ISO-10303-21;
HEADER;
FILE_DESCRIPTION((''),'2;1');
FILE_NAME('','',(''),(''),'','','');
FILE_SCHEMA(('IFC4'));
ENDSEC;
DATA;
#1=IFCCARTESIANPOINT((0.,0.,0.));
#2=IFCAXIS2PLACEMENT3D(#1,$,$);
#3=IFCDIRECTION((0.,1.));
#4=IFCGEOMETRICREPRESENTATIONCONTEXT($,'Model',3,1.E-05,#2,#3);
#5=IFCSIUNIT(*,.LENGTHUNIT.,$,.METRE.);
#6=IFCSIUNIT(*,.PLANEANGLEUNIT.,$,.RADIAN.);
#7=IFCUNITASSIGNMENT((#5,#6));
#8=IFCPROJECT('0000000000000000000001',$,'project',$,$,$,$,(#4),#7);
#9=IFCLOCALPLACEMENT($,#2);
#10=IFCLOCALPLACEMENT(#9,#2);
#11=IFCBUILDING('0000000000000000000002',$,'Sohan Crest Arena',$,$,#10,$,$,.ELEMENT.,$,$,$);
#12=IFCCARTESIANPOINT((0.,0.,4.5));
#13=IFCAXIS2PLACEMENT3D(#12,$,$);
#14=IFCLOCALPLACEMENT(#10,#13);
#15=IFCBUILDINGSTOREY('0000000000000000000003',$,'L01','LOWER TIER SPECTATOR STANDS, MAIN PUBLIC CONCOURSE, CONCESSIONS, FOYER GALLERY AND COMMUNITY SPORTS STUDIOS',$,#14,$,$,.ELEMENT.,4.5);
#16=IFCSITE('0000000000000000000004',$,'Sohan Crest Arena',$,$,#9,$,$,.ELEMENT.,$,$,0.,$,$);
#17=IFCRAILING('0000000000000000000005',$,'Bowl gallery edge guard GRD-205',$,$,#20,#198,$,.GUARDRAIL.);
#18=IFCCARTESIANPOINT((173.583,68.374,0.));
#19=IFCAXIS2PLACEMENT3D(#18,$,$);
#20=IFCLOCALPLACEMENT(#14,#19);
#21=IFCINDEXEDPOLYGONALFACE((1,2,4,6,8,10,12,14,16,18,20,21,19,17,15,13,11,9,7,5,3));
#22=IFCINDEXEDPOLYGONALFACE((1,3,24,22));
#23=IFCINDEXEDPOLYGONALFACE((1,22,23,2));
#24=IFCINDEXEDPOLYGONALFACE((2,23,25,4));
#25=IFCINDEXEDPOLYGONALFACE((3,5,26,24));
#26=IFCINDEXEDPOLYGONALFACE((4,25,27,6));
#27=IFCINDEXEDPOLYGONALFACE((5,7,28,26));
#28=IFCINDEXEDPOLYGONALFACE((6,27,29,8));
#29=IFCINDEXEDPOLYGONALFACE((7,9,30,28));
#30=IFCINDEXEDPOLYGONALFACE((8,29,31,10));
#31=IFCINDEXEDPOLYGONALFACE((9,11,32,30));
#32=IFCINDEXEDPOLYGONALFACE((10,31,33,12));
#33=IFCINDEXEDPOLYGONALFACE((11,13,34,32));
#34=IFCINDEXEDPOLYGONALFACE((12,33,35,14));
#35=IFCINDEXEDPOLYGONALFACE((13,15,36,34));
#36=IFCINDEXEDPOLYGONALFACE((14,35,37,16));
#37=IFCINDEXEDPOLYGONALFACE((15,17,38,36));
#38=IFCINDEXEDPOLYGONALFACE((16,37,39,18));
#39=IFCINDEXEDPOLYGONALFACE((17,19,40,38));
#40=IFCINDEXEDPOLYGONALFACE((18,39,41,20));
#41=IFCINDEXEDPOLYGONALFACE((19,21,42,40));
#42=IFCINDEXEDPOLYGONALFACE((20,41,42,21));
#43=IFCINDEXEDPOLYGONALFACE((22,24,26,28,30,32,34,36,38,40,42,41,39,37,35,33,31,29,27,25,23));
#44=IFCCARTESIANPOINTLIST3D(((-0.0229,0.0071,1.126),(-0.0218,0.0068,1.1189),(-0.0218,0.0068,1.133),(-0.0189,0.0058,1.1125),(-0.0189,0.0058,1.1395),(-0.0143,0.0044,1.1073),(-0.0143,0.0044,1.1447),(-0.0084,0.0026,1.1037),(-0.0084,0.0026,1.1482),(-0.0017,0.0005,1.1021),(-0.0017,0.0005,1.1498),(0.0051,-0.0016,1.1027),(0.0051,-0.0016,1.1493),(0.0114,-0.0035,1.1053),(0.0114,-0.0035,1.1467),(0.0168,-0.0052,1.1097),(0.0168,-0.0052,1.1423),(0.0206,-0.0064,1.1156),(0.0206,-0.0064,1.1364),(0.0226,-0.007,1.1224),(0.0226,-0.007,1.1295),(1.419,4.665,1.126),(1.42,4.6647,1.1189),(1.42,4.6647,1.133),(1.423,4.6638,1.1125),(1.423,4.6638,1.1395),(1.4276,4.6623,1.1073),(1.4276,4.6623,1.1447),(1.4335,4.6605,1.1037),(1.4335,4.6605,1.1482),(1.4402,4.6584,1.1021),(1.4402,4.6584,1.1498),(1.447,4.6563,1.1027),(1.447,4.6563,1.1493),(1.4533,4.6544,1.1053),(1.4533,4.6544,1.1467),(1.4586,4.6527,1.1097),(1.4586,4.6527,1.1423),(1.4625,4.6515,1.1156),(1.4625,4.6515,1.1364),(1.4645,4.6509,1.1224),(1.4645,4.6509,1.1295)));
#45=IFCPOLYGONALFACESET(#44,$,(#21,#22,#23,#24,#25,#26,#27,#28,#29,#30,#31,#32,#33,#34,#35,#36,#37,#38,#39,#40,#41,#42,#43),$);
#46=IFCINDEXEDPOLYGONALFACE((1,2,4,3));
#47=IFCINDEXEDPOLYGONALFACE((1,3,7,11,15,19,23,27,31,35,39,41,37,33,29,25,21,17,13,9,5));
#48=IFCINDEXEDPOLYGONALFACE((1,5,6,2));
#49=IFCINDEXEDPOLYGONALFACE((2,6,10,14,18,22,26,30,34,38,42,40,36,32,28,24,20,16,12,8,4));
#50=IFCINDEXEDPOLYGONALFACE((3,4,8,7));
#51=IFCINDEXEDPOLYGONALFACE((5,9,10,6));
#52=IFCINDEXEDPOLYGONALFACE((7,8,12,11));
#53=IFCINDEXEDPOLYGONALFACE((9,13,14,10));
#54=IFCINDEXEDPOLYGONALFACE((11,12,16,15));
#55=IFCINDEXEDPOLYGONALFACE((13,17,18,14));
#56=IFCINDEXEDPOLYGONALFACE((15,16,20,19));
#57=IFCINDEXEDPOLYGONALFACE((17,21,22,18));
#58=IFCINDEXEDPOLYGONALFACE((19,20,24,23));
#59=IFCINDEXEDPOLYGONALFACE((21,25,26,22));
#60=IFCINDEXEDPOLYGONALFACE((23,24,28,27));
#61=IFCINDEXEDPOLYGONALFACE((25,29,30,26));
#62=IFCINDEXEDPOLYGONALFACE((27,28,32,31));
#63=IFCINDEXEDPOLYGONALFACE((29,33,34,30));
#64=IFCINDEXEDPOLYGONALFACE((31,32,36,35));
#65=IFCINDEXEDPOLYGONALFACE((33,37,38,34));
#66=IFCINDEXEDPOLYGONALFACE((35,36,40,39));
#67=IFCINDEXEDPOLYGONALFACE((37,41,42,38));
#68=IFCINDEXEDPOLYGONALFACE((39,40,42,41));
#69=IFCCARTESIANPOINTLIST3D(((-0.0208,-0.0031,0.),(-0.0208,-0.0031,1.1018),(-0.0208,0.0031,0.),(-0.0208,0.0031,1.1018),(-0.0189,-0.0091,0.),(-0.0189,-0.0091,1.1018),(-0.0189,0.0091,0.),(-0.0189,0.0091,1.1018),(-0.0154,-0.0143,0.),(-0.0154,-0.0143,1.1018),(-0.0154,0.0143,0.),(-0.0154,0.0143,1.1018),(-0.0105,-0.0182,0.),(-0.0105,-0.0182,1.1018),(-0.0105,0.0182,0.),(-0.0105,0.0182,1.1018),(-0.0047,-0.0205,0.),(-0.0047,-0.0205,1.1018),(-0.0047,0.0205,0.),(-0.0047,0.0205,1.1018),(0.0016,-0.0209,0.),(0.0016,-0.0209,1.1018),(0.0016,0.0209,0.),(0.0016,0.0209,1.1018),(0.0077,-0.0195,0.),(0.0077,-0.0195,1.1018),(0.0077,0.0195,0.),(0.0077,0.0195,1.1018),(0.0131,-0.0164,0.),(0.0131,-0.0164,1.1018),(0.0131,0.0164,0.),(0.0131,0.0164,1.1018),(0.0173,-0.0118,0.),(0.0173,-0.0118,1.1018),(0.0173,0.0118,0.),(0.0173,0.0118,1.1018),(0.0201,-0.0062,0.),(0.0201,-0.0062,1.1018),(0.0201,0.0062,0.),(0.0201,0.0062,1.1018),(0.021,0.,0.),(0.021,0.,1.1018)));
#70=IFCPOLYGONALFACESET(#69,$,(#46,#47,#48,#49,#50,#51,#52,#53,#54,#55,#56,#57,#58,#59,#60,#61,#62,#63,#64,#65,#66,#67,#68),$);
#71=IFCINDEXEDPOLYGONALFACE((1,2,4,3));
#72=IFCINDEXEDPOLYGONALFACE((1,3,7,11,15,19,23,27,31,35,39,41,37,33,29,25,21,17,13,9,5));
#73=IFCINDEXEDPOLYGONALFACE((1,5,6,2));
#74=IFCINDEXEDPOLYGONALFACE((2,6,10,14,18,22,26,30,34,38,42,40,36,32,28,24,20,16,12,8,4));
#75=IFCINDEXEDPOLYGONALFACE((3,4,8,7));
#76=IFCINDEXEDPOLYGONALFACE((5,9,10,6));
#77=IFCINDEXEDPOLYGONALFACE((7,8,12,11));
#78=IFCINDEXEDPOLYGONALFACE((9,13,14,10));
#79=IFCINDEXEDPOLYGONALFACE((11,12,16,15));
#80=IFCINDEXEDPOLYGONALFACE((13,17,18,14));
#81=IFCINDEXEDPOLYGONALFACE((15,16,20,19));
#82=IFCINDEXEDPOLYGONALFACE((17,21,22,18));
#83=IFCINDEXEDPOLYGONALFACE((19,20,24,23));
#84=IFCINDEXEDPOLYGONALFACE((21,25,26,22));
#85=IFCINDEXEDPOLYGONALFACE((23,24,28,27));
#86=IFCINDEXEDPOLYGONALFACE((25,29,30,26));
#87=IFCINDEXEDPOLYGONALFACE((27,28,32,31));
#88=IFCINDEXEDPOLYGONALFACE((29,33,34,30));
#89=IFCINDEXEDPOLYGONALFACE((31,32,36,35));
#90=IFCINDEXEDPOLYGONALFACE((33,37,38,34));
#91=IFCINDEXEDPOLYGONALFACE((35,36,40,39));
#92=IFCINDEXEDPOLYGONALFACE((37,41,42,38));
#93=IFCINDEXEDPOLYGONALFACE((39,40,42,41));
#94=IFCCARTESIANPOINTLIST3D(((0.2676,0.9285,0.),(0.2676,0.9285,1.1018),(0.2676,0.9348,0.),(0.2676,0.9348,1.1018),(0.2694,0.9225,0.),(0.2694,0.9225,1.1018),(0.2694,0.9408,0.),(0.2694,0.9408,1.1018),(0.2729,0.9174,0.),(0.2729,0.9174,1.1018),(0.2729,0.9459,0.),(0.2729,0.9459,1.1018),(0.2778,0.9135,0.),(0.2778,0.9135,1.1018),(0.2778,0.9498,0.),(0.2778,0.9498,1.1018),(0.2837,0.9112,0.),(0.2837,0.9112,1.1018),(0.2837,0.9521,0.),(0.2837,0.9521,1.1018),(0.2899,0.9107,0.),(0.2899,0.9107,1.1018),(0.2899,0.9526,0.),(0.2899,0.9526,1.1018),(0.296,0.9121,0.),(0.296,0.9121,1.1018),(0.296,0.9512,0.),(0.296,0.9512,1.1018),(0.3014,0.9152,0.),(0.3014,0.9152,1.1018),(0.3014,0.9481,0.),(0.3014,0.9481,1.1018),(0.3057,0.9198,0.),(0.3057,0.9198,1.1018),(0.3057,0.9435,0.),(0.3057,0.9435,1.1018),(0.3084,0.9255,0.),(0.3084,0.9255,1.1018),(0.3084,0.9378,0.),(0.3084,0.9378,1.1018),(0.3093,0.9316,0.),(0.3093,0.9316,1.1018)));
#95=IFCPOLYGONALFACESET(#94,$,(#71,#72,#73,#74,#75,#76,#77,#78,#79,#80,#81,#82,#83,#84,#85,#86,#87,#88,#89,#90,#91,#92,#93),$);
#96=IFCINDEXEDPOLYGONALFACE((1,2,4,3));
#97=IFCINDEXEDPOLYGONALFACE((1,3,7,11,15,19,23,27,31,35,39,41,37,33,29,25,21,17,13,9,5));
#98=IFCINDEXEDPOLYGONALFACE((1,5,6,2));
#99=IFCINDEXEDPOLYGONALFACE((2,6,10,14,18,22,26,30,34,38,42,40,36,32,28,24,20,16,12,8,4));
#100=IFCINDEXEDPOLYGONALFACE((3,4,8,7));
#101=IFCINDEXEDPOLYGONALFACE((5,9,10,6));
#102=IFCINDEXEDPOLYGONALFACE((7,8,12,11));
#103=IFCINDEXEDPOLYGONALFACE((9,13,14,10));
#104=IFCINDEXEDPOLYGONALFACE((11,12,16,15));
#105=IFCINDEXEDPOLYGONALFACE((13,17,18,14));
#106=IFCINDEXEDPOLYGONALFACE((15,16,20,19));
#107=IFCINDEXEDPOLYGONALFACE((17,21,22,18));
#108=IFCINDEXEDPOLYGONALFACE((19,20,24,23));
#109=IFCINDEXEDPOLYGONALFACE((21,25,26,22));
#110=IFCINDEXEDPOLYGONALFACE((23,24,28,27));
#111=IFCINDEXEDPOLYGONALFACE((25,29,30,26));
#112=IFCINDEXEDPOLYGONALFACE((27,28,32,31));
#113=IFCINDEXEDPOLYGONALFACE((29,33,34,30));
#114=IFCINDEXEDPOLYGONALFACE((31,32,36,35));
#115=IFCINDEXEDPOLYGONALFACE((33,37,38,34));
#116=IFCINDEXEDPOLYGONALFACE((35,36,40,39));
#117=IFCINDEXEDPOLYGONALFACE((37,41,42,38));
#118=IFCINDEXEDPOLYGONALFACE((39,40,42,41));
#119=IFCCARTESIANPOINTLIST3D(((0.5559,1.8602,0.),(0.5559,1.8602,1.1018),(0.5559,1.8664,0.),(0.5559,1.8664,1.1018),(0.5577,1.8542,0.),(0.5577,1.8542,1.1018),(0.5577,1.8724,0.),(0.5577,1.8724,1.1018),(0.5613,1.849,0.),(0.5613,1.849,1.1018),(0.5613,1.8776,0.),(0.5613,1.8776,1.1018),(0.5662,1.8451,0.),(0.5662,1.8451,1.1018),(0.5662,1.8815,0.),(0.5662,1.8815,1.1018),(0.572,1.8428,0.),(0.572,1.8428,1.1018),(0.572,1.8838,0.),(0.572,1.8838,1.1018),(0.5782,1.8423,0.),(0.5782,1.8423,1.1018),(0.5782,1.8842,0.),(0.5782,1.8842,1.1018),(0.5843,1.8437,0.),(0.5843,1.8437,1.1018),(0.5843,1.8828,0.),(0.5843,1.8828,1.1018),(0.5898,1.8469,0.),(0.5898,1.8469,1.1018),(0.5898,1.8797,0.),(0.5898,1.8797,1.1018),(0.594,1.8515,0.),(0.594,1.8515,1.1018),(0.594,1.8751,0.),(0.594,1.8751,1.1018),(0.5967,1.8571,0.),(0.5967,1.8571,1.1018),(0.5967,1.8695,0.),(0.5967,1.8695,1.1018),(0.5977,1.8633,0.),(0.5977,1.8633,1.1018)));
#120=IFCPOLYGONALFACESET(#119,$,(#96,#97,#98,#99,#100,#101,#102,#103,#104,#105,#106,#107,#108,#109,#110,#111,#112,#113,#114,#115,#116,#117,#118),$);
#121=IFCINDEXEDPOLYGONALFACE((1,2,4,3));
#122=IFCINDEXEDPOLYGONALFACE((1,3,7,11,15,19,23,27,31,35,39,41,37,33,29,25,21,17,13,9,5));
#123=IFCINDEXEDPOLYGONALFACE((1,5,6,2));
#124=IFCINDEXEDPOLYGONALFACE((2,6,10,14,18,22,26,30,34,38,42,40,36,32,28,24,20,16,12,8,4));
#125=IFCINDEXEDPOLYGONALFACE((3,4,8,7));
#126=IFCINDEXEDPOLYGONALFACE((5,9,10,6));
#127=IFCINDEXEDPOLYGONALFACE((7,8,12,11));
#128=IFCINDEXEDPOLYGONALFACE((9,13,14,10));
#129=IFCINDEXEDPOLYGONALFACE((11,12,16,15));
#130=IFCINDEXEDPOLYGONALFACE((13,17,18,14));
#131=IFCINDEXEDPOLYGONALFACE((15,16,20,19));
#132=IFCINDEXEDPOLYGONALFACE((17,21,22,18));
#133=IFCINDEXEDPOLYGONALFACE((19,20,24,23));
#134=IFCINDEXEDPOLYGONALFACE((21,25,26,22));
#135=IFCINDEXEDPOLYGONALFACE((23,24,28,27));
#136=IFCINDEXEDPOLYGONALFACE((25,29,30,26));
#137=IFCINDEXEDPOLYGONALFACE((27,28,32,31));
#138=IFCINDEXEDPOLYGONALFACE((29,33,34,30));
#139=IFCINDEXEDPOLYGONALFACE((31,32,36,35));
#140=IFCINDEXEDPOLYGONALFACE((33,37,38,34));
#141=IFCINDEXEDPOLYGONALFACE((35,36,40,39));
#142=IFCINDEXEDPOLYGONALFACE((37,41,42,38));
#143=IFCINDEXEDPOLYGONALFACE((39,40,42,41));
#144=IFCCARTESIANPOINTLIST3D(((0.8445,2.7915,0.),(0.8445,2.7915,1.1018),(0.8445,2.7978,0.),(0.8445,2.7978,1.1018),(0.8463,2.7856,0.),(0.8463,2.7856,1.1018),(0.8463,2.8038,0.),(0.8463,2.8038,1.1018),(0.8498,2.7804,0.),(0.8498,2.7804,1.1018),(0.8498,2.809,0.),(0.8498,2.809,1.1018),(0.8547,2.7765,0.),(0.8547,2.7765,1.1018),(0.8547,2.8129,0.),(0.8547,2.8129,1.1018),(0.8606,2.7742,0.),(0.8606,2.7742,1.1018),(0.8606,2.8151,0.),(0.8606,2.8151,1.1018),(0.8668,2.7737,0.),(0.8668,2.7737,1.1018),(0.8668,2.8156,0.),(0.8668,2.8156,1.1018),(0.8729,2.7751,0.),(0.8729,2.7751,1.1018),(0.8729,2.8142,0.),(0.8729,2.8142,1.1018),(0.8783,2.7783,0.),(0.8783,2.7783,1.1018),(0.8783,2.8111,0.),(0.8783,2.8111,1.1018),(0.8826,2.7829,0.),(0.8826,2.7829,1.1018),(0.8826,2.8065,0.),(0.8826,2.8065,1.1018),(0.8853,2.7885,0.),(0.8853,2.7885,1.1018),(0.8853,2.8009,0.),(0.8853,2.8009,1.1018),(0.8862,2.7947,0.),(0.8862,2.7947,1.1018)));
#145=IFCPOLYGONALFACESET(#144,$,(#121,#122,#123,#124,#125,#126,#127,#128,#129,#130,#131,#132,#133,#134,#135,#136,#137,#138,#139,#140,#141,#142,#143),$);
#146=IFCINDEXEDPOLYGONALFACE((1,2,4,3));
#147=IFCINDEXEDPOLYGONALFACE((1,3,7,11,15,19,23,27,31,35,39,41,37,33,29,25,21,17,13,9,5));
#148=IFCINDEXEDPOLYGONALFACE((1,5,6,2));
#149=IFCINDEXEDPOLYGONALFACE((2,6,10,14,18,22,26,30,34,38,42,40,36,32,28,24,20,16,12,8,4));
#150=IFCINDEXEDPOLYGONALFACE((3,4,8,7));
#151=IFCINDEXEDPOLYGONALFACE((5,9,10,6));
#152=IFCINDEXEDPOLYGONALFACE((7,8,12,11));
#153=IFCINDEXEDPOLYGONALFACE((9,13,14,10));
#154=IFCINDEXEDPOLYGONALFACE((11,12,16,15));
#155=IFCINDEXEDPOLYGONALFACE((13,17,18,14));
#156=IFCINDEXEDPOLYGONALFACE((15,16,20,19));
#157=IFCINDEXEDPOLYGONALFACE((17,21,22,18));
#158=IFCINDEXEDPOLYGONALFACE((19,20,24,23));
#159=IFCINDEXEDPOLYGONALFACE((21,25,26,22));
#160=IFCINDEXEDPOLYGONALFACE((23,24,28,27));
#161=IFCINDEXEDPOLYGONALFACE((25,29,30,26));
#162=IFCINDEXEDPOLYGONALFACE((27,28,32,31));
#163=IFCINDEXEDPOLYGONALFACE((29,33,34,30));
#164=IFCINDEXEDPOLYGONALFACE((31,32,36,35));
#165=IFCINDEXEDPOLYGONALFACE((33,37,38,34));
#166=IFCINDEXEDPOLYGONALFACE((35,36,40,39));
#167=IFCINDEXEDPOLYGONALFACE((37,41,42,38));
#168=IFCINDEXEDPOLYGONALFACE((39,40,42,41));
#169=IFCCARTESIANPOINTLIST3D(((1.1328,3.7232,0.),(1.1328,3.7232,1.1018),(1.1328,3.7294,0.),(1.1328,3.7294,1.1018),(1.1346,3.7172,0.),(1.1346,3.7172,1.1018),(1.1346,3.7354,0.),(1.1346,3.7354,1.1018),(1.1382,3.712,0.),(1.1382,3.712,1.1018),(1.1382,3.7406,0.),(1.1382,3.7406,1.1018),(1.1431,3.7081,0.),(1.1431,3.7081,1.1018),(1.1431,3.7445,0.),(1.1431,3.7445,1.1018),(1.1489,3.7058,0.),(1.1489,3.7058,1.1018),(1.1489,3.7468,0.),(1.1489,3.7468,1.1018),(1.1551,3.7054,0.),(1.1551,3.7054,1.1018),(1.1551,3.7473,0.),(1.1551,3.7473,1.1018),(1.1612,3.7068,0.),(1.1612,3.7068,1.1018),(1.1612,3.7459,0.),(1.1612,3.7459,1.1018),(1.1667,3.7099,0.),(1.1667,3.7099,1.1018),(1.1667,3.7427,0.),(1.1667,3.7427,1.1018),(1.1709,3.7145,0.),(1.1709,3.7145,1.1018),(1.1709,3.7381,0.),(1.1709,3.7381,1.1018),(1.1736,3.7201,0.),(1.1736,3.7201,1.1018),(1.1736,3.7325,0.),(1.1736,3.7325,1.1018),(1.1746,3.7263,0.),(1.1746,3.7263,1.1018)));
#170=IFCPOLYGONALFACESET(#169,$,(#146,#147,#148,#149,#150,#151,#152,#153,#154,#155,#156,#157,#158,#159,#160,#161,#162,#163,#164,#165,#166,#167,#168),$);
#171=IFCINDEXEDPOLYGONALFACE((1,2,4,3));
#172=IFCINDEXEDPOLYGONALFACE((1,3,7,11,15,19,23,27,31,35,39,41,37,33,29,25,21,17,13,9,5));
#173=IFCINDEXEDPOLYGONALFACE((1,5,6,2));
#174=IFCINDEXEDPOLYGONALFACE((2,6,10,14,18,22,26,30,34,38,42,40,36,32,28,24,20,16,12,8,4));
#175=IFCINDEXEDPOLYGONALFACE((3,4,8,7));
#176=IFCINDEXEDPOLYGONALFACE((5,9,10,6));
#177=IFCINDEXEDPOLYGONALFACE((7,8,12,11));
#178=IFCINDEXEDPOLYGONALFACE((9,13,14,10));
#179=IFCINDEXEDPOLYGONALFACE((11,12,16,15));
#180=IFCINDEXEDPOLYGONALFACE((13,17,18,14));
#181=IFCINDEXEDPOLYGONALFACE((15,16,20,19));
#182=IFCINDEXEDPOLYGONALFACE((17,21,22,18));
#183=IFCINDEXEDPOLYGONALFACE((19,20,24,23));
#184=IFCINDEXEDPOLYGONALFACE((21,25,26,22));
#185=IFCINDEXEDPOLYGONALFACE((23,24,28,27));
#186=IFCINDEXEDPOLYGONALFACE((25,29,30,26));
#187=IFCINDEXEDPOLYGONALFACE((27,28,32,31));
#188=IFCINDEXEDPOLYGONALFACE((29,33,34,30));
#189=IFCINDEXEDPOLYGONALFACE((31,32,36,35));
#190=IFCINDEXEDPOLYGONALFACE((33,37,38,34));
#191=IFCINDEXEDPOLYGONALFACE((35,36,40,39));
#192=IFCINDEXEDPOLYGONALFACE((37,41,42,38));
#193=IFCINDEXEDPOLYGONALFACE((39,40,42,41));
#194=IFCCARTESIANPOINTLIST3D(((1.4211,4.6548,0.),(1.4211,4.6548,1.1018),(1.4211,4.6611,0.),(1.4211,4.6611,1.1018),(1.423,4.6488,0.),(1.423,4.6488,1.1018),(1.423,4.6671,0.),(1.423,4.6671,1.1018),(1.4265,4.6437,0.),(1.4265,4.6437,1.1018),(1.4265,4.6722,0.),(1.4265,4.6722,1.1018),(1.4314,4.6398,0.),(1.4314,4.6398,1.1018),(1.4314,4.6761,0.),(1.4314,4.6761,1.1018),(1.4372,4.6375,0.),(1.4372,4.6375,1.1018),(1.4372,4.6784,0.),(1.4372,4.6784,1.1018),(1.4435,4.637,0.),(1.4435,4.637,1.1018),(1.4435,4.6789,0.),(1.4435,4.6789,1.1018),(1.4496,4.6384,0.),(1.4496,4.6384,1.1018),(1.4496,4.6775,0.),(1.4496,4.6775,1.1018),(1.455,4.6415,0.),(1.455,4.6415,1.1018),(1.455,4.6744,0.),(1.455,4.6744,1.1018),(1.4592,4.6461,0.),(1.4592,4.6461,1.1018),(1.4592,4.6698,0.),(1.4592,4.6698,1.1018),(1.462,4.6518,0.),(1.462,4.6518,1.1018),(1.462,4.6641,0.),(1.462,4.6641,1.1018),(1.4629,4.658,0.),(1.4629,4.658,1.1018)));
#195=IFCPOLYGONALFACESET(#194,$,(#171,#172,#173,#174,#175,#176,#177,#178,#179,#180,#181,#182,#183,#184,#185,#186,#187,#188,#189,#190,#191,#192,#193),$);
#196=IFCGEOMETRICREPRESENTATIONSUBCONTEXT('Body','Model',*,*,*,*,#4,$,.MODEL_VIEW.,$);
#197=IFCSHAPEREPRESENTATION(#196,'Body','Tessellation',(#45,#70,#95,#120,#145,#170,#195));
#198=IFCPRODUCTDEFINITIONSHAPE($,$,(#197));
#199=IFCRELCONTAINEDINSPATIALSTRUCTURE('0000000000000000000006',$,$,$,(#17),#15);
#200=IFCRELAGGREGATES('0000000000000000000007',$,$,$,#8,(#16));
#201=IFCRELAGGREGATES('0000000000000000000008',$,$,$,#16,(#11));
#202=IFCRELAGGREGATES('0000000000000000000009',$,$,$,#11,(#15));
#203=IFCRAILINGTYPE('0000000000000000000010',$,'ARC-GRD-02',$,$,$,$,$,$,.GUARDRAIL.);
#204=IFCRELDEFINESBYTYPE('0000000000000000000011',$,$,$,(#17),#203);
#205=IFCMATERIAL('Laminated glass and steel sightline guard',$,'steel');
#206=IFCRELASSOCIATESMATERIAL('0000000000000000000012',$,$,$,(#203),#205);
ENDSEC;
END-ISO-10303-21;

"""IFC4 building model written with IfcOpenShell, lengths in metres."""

from ifc_helpers import new_model, si_unit, direction, frame, origin, origin_2d, place, context, subcontext, project, spatial, circle, extrude, material, type_object, element, save


model = new_model("IFC4")

# Units and contexts
model_context = context("Model", 3, precision=1e-05, world=origin(), true_north=direction((0.0, 1.0)))
body_context = subcontext(model_context, "Body", "Model", "MODEL_VIEW")
ifc_project = project(units=[si_unit("LENGTHUNIT", "METRE"), si_unit("PLANEANGLEUNIT", "RADIAN")], contexts=[model_context])

# Site, building, storey
site_placement = place(None, origin())
site = spatial("IfcSite", under=ifc_project, at=site_placement, Name="Sohan Crest Arena", CompositionType="ELEMENT", RefElevation=0.0)
building_placement = place(site_placement, origin())
building = spatial("IfcBuilding", under=site, at=building_placement, Name="Sohan Crest Arena", CompositionType="ELEMENT")
storey_placement = place(building_placement, frame((0.0, 0.0, 4.5)))
storey = spatial("IfcBuildingStorey", under=building, at=storey_placement, Name="L01", Description="LOWER TIER SPECTATOR STANDS, MAIN PUBLIC CONCOURSE, CONCESSIONS, FOYER GALLERY AND COMMUNITY SPORTS STUDIOS", CompositionType="ELEMENT", Elevation=4.5)

# Railing
ifc_material_1 = material(Name="Laminated glass and steel sightline guard", Category="steel")
railing_type = type_object("IfcRailingType", Name="ARC-GRD-02", PredefinedType="GUARDRAIL", material=ifc_material_1)
railing_1_placement = place(storey_placement, frame((173.583, 68.374, 0.0)))
element("IfcRailing", 1, at=railing_1_placement, inside=storey, type_object=railing_type, Name="Bowl gallery edge guard GRD-205", PredefinedType="GUARDRAIL", context=body_context, shape_type="SweptSolid", body=[
    extrude(circle(Radius=0.0239, at=origin_2d()), frame((0.0, 0.0, 1.126), z_axis=(0.295711, 0.955277, 0.0), x_axis=(-0.955277, 0.295711, 0.0)), (0.0, 0.0, 1.0), 4.876),
    extrude(circle(Radius=0.021, at=origin_2d()), origin(), (0.0, 0.0, 1.0), 1.1018),
    extrude(circle(Radius=0.021, at=origin_2d()), frame((0.2883, 0.9316, 0.0)), (0.0, 0.0, 1.0), 1.1018),
    extrude(circle(Radius=0.021, at=origin_2d()), frame((0.5767, 1.8633, 0.0)), (0.0, 0.0, 1.0), 1.1018),
    extrude(circle(Radius=0.021, at=origin_2d()), frame((0.8652, 2.7947, 0.0)), (0.0, 0.0, 1.0), 1.1018),
    extrude(circle(Radius=0.021, at=origin_2d()), frame((1.1536, 3.7263, 0.0)), (0.0, 0.0, 1.0), 1.1018),
    extrude(circle(Radius=0.021, at=origin_2d()), frame((1.4419, 4.658, 0.0)), (0.0, 0.0, 1.0), 1.1018),
])

save(model, "model.ifc")
